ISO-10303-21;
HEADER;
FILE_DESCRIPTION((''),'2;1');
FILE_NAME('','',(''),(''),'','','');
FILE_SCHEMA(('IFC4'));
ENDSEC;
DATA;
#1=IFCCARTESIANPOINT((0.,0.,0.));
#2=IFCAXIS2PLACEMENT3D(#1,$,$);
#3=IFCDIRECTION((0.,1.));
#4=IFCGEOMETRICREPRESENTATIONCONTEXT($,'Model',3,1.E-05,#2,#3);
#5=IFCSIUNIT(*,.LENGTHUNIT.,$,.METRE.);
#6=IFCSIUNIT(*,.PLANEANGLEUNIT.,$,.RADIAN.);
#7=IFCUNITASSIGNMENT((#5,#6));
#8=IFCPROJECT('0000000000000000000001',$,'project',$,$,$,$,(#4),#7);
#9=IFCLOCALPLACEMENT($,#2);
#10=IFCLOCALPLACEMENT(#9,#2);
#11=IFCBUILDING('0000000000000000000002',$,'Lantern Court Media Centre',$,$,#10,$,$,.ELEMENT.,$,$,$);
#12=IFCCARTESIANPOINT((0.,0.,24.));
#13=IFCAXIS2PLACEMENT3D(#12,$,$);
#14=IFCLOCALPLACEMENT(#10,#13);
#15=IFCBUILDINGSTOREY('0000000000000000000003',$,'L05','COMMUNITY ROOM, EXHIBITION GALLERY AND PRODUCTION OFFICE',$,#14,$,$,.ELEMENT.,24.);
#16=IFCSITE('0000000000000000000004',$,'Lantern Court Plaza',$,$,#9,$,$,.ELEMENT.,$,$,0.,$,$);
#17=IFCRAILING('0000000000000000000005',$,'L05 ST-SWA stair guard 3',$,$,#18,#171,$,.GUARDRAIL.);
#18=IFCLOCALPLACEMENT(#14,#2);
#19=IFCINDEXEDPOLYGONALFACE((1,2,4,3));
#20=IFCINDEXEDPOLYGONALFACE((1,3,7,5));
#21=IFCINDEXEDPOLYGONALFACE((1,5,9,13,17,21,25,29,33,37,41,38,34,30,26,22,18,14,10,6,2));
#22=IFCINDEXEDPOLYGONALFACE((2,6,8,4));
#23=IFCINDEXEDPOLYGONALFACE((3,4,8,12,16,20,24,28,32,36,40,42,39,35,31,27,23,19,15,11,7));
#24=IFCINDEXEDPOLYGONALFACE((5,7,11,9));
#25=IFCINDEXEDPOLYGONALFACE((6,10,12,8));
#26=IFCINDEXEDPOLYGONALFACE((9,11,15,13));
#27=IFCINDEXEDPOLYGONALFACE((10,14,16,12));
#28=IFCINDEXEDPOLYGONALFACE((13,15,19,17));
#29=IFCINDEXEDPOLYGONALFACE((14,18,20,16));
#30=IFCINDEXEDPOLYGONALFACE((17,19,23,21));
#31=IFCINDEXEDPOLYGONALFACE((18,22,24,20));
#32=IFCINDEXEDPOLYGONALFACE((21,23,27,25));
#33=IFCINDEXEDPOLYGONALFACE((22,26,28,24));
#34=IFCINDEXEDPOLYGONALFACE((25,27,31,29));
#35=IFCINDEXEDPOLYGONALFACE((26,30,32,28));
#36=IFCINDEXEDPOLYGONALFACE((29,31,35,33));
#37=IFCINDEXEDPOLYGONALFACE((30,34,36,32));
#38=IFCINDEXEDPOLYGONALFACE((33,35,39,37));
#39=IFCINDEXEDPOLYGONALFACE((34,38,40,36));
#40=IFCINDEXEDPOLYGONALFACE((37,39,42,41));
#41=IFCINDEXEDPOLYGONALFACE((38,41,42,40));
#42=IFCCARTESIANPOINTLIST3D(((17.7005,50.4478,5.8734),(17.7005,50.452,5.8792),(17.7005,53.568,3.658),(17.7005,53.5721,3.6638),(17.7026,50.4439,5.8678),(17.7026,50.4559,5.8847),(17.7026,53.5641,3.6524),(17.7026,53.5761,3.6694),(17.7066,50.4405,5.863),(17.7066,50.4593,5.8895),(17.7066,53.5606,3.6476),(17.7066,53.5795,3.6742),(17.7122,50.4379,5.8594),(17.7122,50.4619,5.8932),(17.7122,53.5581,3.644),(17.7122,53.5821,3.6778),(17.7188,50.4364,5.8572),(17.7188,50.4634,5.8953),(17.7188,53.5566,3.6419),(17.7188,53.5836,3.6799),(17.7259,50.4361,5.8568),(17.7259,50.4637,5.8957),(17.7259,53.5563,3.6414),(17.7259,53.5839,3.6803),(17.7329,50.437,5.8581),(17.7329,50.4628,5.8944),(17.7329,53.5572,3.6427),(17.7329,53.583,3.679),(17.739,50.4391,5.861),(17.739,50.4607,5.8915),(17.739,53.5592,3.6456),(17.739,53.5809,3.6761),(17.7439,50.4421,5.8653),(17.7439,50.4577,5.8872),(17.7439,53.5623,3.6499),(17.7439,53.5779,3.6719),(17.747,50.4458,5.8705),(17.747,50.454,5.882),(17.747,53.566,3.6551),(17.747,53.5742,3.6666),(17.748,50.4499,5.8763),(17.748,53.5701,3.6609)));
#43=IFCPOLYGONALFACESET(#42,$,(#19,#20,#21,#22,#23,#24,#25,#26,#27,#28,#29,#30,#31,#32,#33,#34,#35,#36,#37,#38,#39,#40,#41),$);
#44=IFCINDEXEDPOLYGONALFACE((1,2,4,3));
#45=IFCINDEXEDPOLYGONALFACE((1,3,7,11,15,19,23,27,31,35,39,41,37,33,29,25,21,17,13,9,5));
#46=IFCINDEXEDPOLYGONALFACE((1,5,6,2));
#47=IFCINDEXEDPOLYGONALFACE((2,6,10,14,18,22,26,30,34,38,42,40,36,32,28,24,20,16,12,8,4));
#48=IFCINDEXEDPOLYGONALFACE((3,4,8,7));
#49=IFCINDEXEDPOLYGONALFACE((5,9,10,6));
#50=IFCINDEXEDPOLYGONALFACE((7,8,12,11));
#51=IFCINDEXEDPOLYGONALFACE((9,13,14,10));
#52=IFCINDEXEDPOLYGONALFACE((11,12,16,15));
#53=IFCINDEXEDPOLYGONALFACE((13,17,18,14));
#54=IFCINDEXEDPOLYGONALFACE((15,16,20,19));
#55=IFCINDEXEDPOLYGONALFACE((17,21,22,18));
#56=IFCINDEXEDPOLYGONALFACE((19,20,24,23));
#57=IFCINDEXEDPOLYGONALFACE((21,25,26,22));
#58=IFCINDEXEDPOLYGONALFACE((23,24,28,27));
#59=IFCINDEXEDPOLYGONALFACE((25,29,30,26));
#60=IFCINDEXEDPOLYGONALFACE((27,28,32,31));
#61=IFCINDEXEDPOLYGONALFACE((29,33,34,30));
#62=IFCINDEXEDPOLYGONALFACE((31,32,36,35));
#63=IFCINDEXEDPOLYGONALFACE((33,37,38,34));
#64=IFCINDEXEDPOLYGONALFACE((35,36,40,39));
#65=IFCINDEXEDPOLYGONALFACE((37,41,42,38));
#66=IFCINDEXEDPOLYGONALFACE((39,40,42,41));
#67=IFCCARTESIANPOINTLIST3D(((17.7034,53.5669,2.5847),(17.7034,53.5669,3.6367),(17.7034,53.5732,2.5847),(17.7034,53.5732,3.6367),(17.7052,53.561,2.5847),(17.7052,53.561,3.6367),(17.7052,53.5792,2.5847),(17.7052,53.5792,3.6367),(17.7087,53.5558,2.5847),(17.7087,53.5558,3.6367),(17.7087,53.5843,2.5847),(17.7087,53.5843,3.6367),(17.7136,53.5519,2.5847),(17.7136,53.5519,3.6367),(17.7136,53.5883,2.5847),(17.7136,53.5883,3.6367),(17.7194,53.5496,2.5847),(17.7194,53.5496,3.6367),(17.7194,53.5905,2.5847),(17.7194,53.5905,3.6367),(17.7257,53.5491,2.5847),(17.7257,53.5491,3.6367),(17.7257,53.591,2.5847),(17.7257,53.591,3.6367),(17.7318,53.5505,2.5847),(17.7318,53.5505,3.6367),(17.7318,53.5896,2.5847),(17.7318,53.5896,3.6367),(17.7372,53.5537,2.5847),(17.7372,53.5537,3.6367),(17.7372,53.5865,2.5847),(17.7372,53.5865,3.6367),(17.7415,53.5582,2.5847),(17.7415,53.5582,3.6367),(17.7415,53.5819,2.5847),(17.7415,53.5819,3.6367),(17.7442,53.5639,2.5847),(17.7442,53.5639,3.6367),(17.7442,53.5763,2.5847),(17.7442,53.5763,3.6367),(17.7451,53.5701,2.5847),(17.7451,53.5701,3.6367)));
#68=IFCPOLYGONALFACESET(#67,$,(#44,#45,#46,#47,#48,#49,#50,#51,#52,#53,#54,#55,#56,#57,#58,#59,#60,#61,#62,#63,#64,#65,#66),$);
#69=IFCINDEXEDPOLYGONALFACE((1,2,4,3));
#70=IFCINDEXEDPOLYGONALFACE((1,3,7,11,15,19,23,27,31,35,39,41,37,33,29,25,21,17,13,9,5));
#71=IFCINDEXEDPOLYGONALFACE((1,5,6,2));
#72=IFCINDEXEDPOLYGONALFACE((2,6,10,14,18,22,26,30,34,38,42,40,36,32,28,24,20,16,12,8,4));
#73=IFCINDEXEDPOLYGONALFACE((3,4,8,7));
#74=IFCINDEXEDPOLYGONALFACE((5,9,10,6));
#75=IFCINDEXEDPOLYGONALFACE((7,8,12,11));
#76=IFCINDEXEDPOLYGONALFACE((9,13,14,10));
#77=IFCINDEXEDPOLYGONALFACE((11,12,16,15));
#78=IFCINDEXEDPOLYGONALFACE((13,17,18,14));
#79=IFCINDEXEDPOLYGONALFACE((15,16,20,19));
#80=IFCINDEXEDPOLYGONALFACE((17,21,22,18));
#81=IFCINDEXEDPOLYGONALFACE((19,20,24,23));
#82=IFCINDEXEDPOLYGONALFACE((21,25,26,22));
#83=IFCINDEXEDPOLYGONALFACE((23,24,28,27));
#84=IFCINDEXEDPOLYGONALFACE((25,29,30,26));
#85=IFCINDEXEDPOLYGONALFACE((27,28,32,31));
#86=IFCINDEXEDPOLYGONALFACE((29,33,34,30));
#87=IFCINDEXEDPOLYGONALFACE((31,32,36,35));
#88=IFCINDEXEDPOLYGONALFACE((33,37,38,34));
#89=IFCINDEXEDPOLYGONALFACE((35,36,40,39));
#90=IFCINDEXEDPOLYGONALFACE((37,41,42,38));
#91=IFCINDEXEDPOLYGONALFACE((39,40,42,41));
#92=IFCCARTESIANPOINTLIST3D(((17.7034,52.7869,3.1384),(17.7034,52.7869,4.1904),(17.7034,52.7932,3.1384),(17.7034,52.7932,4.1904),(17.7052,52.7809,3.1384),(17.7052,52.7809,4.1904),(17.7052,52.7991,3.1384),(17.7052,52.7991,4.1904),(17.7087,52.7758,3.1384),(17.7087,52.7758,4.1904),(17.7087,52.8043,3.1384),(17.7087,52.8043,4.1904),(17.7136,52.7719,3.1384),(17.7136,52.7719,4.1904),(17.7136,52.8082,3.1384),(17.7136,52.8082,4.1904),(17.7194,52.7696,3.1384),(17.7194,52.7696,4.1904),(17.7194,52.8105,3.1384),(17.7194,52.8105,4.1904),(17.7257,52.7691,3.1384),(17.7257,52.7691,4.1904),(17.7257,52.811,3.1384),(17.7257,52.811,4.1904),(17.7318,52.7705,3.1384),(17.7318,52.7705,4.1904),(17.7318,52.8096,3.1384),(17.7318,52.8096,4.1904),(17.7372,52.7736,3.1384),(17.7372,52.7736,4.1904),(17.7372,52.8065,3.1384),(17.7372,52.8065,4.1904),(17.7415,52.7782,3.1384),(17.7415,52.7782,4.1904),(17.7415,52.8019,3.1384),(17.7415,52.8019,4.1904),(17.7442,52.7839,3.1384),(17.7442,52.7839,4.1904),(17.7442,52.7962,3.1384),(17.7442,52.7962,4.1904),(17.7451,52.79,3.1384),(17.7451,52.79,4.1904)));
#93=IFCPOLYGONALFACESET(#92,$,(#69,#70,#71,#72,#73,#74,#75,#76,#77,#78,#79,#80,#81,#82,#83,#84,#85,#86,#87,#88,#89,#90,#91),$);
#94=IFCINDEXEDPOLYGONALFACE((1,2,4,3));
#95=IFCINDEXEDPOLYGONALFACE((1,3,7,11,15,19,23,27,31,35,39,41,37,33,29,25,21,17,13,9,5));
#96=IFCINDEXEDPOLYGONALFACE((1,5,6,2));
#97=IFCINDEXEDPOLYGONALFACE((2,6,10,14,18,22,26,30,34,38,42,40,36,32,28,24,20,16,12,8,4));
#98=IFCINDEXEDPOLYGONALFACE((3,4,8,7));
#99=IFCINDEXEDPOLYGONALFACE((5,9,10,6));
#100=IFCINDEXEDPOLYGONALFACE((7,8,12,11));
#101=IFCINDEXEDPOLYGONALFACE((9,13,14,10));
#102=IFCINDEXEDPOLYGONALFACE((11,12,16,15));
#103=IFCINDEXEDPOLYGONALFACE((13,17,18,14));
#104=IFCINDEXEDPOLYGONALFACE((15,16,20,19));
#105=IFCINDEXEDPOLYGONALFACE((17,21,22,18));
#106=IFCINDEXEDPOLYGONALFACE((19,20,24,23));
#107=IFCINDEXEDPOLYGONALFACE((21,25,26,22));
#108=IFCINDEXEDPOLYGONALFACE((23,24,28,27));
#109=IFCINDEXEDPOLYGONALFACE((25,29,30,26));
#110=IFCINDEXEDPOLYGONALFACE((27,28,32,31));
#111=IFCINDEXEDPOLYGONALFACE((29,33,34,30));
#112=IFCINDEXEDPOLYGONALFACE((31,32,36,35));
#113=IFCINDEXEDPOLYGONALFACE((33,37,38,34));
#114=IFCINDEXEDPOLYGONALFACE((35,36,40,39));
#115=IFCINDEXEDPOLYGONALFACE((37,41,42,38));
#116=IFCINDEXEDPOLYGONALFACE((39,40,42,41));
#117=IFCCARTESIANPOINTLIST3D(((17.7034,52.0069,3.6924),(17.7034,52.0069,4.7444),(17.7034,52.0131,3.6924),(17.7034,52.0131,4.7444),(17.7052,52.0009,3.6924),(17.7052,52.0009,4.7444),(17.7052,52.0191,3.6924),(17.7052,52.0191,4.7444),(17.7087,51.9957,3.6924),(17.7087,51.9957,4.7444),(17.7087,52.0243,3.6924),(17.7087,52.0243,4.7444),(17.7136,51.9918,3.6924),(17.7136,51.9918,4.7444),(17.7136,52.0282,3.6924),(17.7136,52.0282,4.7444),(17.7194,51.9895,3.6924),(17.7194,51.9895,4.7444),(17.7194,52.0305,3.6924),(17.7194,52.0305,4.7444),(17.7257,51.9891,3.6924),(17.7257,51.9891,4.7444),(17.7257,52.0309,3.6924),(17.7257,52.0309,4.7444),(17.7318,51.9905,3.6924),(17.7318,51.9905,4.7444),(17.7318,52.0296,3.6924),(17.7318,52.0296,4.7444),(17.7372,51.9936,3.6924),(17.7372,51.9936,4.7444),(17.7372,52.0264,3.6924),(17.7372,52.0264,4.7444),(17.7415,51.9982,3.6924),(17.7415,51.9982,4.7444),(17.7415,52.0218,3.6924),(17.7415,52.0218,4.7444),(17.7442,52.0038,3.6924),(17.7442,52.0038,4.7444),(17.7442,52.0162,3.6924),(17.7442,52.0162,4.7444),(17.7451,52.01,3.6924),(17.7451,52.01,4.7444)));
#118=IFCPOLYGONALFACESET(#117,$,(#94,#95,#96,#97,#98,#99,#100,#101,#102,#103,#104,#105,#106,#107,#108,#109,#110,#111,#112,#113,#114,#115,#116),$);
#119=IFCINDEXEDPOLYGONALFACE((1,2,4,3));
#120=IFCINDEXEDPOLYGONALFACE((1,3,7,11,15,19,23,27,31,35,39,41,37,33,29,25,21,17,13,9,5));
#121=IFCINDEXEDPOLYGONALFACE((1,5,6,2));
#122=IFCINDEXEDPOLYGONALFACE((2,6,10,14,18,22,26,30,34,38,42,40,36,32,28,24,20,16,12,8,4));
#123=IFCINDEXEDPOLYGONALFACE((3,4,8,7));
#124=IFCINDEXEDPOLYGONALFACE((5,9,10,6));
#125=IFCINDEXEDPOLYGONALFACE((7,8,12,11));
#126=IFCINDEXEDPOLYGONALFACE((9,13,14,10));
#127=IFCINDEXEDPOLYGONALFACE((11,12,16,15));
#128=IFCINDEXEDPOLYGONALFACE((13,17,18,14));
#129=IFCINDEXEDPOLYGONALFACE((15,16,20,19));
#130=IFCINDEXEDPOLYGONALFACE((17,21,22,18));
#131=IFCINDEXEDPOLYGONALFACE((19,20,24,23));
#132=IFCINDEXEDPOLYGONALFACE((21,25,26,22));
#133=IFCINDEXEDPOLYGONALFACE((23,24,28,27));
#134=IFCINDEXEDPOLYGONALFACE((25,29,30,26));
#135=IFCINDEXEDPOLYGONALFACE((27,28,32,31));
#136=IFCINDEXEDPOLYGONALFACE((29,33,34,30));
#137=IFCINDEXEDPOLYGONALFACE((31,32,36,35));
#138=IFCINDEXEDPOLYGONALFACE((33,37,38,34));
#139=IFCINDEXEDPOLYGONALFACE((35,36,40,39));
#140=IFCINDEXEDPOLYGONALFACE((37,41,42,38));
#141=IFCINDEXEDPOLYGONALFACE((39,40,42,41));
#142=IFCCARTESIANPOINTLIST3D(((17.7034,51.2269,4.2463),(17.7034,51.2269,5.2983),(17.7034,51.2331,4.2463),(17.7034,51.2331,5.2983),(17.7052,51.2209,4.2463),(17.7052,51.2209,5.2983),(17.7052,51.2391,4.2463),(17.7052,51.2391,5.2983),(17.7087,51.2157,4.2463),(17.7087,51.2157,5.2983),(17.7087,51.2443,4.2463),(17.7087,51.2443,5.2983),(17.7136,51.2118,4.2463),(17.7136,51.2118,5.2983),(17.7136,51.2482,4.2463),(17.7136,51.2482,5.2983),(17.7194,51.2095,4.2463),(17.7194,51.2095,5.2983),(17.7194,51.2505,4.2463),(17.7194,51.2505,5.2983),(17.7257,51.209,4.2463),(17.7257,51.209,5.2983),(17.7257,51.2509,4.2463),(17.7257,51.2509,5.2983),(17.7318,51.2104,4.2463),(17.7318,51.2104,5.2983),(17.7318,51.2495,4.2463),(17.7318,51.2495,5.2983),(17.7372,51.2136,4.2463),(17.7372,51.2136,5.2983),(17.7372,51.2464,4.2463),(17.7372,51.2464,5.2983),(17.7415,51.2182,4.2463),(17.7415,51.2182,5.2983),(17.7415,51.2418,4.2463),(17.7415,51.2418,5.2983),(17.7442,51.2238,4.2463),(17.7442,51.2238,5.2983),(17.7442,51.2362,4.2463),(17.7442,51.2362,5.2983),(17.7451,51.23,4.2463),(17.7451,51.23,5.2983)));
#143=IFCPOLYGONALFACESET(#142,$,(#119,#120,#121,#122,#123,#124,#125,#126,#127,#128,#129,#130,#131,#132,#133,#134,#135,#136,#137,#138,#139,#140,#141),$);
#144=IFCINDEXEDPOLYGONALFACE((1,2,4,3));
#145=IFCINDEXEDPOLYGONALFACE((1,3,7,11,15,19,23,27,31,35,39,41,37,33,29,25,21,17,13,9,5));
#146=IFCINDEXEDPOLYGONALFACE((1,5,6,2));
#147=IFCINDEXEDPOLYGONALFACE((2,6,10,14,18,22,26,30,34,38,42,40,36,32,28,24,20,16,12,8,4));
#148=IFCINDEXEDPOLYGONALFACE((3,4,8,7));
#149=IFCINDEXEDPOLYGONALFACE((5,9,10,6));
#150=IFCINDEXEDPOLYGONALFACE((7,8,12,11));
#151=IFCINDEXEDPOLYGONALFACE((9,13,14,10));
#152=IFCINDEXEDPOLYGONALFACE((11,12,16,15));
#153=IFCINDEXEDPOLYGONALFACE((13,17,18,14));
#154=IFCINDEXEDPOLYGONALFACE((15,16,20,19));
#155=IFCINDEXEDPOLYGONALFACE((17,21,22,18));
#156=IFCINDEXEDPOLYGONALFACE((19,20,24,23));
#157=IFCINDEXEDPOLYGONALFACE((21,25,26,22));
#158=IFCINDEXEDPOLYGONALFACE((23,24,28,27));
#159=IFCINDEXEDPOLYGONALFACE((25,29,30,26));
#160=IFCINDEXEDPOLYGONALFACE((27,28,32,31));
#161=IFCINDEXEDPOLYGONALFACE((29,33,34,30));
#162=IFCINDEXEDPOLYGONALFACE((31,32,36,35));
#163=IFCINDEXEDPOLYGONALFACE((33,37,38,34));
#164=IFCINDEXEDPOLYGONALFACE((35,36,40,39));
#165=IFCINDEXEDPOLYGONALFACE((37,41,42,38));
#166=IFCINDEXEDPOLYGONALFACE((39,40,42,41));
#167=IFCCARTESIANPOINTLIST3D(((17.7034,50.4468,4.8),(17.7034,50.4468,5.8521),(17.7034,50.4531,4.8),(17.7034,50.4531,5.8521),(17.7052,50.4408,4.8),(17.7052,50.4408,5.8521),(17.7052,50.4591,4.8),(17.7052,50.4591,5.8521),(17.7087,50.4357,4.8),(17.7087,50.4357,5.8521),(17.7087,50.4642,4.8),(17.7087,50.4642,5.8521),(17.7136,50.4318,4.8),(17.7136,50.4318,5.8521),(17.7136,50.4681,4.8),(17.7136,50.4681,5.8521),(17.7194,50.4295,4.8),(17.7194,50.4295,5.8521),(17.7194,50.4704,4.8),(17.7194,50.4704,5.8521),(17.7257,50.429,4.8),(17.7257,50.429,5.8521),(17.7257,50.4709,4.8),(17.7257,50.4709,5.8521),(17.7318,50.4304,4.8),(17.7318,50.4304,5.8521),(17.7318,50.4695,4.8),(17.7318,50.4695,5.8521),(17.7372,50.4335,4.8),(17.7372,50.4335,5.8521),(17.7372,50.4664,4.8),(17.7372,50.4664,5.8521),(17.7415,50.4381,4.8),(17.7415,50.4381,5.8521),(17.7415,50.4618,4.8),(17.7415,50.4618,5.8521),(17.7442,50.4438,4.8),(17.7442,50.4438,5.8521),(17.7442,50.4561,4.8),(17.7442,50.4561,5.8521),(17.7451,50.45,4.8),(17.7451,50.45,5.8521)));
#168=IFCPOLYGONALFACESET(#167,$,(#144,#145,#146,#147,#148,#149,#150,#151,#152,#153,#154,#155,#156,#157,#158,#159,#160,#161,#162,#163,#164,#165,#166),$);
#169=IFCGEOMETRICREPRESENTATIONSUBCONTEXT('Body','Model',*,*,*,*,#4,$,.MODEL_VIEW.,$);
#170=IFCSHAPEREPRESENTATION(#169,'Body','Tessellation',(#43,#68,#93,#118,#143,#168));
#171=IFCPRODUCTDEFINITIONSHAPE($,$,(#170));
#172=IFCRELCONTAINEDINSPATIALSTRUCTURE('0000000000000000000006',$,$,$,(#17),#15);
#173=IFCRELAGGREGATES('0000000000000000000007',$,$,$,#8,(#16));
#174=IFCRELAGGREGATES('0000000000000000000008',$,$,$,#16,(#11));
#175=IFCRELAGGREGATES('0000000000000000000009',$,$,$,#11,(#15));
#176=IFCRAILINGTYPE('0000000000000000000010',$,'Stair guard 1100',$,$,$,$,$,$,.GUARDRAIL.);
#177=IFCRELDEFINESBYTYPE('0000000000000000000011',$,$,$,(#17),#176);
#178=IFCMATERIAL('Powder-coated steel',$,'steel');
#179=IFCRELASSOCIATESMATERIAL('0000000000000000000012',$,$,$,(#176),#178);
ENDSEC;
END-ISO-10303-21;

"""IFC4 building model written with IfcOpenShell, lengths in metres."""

from ifc_helpers import new_model, si_unit, direction, frame, origin, origin_2d, place, context, subcontext, project, spatial, circle, extrude, material, type_object, element, save


model = new_model("IFC4")

# Units and contexts
model_context = context("Model", 3, precision=1e-05, world=origin(), true_north=direction((0.0, 1.0)))
body_context = subcontext(model_context, "Body", "Model", "MODEL_VIEW")
ifc_project = project(units=[si_unit("LENGTHUNIT", "METRE"), si_unit("PLANEANGLEUNIT", "RADIAN")], contexts=[model_context])

# Site, building, storey
site_placement = place(None, origin())
site = spatial("IfcSite", under=ifc_project, at=site_placement, Name="Lantern Court Plaza", CompositionType="ELEMENT", RefElevation=0.0)
building_placement = place(site_placement, origin())
building = spatial("IfcBuilding", under=site, at=building_placement, Name="Lantern Court Media Centre", CompositionType="ELEMENT")
storey_placement = place(building_placement, frame((0.0, 0.0, 24.0)))
storey = spatial("IfcBuildingStorey", under=building, at=storey_placement, Name="L05", Description="COMMUNITY ROOM, EXHIBITION GALLERY AND PRODUCTION OFFICE", CompositionType="ELEMENT", Elevation=24.0)

# Railing
ifc_material_1 = material(Name="Powder-coated steel", Category="steel")
railing_type_1 = type_object("IfcRailingType", Name="Stair guard 1100", PredefinedType="GUARDRAIL", material=ifc_material_1)
railing_1_placement = place(storey_placement, frame((17.7241, 53.5701, 2.5847)))
element("IfcRailing", 1, at=railing_1_placement, inside=storey, type_object=railing_type_1, Name="L05 ST-SWA stair guard 3", PredefinedType="GUARDRAIL", context=body_context, shape_type="SweptSolid", body=[
    extrude(circle(Radius=0.0239, at=origin_2d()), frame((0.0, 0.0, 1.0762), z_axis=(0.0, -0.815377, 0.57893), x_axis=(1.0, 0.0, 0.0)), (0.0, 0.0, 1.0), 3.8267),
    extrude(circle(Radius=0.021, at=origin_2d()), origin(), (0.0, 0.0, 1.0), 1.052),
    extrude(circle(Radius=0.021, at=origin_2d()), frame((0.0, -0.78, 0.5537)), (0.0, 0.0, 1.0), 1.052),
    extrude(circle(Radius=0.021, at=origin_2d()), frame((0.0, -1.5601, 1.1077)), (0.0, 0.0, 1.0), 1.052),
    extrude(circle(Radius=0.021, at=origin_2d()), frame((0.0, -2.3401, 1.6616)), (0.0, 0.0, 1.0), 1.052),
    extrude(circle(Radius=0.021, at=origin_2d()), frame((0.0, -3.1201, 2.2153)), (0.0, 0.0, 1.0), 1.052),
])

save(model, "model.ifc")
